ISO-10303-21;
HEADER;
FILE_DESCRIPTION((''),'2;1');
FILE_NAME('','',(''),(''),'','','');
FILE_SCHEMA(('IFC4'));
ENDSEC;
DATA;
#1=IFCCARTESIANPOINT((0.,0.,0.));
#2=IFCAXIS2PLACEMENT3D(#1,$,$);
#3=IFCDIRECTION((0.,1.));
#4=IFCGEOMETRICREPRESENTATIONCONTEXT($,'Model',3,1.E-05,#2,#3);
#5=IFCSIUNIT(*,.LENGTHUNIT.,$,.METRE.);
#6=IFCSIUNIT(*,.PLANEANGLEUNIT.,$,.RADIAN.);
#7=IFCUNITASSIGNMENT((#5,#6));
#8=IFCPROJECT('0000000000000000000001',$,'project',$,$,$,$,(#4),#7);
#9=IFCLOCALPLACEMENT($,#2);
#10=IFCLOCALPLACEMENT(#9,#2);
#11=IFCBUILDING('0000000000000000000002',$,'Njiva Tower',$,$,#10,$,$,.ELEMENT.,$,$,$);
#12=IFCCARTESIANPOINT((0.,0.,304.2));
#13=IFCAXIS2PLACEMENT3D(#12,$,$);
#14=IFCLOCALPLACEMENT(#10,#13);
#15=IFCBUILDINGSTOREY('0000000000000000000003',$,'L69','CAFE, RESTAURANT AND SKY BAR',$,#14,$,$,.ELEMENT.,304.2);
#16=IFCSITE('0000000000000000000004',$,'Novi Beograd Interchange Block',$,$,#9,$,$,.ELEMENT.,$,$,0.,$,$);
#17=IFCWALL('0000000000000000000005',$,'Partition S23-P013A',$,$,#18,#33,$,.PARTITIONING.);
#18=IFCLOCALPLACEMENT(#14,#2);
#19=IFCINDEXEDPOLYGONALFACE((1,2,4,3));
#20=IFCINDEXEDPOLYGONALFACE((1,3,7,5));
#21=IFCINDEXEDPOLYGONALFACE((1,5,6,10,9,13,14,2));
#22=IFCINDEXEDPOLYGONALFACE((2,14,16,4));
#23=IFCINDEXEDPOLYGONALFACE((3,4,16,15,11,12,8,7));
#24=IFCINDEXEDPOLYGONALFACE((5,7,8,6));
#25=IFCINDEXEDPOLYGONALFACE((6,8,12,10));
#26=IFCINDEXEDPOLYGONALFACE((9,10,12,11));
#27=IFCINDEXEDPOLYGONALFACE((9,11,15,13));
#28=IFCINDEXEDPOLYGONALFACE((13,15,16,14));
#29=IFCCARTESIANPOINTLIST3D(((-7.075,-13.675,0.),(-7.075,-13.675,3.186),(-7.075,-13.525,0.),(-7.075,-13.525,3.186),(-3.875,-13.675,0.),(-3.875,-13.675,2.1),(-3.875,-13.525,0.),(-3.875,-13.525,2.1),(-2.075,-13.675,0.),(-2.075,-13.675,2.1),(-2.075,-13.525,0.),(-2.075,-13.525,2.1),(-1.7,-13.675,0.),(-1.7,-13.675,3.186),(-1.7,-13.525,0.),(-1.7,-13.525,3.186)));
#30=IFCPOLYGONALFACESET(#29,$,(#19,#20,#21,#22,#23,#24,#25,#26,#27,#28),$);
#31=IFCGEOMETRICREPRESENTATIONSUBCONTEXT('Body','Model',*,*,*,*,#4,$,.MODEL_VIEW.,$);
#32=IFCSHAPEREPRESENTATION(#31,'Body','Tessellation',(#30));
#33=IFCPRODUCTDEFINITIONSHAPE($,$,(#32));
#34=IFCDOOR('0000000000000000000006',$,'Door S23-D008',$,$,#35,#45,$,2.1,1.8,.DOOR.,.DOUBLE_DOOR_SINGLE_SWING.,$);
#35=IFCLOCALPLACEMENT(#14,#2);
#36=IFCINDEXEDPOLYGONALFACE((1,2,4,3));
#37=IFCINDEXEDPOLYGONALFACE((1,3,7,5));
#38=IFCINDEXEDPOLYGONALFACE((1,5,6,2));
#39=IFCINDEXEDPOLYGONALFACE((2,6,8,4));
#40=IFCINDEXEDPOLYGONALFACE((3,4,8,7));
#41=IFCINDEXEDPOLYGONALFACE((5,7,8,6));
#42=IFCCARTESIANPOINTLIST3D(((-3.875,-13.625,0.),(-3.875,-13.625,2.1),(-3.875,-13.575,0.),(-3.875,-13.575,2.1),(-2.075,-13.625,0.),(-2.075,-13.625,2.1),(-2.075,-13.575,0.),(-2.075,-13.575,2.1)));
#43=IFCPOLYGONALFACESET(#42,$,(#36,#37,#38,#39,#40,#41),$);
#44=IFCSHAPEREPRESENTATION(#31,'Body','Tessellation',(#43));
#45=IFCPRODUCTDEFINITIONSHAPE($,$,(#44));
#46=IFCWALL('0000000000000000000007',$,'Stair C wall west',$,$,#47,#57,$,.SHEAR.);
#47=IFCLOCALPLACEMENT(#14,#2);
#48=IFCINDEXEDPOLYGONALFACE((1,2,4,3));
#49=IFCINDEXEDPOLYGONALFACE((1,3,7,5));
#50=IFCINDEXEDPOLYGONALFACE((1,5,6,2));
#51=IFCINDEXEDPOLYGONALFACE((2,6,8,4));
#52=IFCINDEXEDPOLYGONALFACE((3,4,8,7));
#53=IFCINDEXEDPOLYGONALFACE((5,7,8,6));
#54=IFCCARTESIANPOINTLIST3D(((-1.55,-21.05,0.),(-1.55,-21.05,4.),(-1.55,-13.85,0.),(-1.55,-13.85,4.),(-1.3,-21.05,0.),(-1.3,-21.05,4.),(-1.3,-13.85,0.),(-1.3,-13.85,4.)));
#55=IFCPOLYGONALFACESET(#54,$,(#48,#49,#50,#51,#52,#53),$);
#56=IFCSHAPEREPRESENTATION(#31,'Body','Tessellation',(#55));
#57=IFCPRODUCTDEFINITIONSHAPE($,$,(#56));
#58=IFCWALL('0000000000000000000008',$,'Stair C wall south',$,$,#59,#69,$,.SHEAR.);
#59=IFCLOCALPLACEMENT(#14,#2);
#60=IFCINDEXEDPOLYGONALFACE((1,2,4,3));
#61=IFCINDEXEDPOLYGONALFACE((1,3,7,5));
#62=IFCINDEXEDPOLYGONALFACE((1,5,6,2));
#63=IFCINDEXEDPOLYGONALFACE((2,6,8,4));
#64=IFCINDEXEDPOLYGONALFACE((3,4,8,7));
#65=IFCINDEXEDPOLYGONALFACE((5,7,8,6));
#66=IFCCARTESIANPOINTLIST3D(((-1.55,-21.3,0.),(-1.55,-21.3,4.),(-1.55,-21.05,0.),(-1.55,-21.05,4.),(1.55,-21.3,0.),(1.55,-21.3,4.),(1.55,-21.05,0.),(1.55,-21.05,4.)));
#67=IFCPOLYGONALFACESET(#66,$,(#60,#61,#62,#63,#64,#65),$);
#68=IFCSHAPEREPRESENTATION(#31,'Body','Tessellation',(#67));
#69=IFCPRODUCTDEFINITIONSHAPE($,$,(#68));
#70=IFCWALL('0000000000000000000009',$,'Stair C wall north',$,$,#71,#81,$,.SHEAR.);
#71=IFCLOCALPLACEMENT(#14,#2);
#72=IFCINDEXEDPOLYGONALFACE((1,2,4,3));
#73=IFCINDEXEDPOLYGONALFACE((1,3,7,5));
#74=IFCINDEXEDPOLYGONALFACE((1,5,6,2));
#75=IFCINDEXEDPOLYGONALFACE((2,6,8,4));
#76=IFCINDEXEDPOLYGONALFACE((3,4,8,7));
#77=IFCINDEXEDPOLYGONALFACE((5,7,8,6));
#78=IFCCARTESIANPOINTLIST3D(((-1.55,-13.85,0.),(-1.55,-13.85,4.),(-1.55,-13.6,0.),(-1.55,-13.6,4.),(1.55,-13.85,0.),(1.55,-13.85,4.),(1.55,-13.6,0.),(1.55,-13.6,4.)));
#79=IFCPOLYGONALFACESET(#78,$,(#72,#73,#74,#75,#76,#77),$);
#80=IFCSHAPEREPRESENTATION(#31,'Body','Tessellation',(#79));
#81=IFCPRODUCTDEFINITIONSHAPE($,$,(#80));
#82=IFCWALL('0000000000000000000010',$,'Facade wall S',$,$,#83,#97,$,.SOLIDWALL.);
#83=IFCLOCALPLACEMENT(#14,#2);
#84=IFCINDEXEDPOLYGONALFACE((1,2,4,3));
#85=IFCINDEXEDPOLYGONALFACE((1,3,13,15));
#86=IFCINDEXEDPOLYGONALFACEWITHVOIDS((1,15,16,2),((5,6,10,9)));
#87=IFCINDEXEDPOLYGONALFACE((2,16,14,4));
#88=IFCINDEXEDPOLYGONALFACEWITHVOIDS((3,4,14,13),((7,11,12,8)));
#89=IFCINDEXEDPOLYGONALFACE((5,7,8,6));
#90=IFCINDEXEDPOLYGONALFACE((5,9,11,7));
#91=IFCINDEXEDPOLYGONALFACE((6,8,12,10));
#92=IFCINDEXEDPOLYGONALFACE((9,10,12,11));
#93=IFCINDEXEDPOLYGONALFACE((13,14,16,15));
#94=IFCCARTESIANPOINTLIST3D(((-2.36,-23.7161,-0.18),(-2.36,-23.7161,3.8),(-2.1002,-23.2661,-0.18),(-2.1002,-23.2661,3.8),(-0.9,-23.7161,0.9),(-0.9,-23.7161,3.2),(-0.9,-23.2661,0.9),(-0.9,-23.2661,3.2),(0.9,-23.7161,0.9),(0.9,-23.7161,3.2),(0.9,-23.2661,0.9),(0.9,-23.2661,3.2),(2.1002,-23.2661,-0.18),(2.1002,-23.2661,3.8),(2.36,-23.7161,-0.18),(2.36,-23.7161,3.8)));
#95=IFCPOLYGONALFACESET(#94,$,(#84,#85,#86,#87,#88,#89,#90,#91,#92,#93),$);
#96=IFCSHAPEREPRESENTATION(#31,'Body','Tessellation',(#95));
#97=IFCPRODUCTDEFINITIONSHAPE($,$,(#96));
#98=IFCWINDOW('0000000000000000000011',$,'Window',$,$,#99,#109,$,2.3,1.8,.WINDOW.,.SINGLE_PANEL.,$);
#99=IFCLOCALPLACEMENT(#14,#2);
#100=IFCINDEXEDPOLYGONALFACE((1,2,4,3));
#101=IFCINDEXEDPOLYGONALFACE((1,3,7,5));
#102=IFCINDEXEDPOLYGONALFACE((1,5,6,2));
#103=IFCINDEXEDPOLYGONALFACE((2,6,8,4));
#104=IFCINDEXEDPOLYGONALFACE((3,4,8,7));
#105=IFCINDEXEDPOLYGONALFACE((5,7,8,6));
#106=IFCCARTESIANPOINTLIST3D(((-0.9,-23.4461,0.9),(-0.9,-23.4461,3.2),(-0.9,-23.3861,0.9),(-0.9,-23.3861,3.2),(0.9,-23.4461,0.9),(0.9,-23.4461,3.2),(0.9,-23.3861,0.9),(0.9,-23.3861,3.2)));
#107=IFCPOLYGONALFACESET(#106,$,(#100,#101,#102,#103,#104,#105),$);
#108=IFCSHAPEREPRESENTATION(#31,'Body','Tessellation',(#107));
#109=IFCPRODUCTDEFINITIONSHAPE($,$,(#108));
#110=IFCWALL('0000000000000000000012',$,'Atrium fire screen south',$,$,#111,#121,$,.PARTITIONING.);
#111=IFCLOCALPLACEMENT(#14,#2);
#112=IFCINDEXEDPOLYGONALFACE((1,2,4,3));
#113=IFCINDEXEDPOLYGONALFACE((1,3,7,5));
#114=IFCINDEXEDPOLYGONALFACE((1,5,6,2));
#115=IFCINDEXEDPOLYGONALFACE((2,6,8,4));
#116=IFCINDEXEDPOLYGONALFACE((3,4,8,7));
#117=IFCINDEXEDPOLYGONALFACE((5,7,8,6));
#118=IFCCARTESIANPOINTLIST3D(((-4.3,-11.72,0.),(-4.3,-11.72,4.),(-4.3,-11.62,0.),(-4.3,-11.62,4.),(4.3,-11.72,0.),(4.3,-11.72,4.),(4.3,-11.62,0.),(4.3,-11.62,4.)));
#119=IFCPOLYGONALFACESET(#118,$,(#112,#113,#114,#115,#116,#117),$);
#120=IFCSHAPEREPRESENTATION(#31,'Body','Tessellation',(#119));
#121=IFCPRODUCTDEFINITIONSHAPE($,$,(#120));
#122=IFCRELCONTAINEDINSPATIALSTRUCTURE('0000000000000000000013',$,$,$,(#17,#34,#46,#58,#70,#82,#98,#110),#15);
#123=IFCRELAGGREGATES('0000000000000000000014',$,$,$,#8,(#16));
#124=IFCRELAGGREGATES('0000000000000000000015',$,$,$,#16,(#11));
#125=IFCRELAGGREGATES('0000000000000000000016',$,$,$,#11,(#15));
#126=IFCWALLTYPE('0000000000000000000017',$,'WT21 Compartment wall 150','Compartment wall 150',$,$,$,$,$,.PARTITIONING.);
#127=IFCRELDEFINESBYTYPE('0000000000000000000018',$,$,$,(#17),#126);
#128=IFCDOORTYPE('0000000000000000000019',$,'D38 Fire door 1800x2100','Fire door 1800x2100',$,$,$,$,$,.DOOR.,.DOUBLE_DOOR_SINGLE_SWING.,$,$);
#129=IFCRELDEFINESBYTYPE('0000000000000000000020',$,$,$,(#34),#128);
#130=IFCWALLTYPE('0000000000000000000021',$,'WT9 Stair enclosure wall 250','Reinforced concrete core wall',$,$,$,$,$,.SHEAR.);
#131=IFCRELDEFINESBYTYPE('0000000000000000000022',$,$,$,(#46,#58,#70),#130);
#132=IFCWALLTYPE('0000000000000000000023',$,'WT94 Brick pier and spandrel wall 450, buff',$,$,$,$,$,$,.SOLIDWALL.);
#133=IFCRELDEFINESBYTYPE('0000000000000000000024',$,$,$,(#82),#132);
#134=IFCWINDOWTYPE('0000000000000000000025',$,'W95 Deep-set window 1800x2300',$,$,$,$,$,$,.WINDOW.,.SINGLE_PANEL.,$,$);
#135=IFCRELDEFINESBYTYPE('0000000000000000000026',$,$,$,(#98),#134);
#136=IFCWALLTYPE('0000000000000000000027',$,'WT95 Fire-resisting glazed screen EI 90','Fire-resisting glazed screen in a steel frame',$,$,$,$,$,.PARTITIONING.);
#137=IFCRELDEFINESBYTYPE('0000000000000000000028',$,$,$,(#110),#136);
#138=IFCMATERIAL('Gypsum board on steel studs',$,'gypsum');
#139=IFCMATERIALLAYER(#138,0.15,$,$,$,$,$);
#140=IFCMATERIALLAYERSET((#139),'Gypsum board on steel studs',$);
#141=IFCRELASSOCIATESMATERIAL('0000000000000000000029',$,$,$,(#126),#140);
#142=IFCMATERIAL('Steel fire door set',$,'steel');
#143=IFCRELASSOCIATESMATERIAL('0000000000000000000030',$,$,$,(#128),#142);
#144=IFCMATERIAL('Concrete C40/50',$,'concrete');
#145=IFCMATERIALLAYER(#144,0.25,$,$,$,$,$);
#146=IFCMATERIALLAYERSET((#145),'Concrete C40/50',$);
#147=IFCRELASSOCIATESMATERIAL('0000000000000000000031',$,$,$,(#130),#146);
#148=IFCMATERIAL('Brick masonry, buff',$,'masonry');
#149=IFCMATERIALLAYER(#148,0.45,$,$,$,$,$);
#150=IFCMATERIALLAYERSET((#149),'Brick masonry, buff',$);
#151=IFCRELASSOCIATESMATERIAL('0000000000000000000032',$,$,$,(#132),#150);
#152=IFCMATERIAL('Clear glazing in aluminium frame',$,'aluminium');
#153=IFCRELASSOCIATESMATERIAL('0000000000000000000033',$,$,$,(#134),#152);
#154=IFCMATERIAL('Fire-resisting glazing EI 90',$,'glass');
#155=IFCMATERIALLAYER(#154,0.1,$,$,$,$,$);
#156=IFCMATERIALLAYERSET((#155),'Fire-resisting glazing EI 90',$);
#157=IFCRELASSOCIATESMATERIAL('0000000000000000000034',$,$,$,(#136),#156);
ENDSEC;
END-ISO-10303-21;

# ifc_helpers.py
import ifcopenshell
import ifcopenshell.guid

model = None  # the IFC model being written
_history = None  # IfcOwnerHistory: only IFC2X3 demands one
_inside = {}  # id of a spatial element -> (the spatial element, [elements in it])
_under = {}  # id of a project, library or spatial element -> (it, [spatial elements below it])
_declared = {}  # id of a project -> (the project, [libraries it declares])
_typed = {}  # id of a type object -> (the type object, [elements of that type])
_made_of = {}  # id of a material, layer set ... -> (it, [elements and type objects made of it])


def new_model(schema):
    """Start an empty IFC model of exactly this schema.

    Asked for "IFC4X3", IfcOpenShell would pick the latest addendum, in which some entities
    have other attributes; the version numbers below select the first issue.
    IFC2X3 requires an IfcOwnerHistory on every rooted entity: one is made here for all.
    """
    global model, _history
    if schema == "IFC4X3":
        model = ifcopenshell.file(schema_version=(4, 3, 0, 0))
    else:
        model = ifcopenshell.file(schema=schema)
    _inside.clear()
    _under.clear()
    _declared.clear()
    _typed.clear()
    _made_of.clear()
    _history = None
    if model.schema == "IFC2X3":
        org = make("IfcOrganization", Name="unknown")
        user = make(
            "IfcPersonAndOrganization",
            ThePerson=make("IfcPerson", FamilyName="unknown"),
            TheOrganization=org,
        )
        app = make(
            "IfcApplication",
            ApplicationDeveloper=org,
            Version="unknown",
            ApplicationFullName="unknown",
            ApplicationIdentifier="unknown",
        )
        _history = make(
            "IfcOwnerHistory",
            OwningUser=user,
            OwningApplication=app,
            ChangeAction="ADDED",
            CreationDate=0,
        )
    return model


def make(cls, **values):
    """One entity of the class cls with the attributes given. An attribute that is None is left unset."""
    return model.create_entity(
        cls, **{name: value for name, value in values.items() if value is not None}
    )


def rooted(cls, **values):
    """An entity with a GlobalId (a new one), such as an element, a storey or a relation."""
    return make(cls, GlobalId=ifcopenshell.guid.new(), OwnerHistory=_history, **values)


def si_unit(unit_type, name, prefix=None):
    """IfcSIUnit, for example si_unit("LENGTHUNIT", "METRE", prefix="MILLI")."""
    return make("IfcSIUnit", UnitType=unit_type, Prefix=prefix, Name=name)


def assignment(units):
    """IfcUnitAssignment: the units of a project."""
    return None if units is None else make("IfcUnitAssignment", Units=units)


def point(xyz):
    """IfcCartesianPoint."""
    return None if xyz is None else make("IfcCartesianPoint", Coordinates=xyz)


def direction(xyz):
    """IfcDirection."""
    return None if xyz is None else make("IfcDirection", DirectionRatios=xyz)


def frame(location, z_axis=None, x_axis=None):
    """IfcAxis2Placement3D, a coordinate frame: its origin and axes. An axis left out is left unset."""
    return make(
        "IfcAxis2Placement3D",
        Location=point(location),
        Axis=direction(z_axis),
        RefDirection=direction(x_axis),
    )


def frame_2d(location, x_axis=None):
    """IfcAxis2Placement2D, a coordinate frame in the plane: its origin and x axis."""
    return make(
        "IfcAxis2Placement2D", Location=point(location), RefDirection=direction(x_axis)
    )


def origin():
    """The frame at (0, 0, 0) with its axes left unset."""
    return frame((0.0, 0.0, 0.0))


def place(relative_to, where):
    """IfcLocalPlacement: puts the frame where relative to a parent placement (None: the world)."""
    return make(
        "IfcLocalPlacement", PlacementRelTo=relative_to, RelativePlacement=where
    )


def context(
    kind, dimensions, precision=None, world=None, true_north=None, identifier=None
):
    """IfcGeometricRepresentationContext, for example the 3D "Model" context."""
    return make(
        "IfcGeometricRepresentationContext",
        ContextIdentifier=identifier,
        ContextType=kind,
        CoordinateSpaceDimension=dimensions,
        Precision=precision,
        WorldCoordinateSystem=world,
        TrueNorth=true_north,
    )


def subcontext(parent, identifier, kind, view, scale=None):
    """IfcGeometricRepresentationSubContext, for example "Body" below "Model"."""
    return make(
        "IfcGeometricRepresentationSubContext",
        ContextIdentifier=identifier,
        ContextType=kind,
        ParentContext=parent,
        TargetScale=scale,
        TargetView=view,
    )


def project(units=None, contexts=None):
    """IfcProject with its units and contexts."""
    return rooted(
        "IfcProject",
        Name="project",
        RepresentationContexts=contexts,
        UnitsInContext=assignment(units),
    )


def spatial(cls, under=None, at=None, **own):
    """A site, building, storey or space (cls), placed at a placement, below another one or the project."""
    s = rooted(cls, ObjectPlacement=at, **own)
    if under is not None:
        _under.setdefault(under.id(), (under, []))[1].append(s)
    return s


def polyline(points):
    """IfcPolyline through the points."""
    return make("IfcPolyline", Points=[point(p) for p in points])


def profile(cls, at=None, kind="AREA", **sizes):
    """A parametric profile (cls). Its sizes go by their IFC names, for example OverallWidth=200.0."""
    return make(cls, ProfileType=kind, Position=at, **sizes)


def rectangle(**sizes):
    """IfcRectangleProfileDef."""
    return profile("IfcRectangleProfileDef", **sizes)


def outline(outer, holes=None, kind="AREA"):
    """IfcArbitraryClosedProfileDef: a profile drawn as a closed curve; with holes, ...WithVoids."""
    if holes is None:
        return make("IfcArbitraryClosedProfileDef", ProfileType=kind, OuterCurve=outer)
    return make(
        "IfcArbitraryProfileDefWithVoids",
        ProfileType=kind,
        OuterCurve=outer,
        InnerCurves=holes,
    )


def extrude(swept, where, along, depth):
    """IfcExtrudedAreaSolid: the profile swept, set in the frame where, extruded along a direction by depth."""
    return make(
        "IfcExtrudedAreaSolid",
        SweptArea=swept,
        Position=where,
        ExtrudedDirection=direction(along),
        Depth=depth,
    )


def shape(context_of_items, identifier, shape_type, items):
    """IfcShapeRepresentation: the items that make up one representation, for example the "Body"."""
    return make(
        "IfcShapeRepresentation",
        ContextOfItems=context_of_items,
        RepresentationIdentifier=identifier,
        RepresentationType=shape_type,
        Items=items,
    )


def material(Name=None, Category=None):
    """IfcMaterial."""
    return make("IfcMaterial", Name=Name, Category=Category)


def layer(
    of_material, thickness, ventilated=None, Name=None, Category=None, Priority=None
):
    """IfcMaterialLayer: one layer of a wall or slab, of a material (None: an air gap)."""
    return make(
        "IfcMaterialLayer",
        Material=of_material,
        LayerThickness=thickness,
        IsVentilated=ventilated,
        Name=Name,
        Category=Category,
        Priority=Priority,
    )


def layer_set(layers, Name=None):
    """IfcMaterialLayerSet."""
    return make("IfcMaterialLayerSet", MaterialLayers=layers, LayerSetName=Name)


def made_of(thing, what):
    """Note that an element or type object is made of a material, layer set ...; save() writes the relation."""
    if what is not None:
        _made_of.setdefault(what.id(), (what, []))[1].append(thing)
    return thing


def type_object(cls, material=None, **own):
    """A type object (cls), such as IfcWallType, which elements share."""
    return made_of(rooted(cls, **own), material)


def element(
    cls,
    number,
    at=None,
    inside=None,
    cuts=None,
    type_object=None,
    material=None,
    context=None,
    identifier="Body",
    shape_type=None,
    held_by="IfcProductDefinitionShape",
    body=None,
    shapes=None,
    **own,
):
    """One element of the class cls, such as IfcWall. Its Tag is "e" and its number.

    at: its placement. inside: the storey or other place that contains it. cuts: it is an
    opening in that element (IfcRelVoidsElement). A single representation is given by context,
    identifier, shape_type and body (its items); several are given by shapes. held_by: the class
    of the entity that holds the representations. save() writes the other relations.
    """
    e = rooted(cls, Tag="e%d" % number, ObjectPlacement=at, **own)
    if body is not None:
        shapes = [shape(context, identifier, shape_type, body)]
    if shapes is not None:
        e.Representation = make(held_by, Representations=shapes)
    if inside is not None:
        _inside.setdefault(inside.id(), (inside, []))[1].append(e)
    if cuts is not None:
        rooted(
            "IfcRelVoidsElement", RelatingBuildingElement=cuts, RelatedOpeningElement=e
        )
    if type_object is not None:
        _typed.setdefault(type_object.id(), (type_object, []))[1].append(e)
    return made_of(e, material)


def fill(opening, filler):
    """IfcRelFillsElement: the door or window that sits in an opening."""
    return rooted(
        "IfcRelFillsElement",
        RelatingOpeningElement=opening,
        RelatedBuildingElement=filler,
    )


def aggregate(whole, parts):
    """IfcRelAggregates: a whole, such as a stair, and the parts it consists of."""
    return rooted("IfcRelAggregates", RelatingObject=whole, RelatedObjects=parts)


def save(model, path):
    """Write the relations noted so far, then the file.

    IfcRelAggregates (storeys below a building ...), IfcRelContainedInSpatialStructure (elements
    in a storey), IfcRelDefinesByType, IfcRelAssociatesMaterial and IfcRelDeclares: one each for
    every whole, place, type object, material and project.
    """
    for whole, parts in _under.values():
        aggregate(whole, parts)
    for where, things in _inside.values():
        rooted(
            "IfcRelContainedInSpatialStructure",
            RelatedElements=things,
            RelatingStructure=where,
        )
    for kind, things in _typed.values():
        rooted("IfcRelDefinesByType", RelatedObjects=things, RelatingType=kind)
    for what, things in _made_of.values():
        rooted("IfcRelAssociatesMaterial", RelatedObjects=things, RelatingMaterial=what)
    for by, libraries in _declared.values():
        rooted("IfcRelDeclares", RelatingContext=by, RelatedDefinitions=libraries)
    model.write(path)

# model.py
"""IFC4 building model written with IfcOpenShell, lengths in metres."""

from ifc_helpers import new_model, si_unit, direction, frame, frame_2d, origin, place, context, subcontext, project, spatial, polyline, rectangle, outline, extrude, material, layer, layer_set, type_object, element, fill, save


model = new_model("IFC4")

# Units and contexts
model_context = context("Model", 3, precision=1e-05, world=origin(), true_north=direction((0.0, 1.0)))
body_context = subcontext(model_context, "Body", "Model", "MODEL_VIEW")
ifc_project = project(units=[si_unit("LENGTHUNIT", "METRE"), si_unit("PLANEANGLEUNIT", "RADIAN")], contexts=[model_context])

# Site, building, storey
site_placement = place(None, origin())
site = spatial("IfcSite", under=ifc_project, at=site_placement, Name="Novi Beograd Interchange Block", CompositionType="ELEMENT", RefElevation=0.0)
building_placement = place(site_placement, origin())
building = spatial("IfcBuilding", under=site, at=building_placement, Name="Njiva Tower", CompositionType="ELEMENT")
storey_placement = place(building_placement, frame((0.0, 0.0, 304.2)))
storey = spatial("IfcBuildingStorey", under=building, at=storey_placement, Name="L69", Description="CAFE, RESTAURANT AND SKY BAR", CompositionType="ELEMENT", Elevation=304.2)

# Shared definitions
ifc_material_1 = material(Name="Gypsum board on steel studs", Category="gypsum")
ifc_layer_1 = layer(ifc_material_1, 0.15)
ifc_layer_set_1 = layer_set([ifc_layer_1], Name="Gypsum board on steel studs")
wall_type_1 = type_object("IfcWallType", Name="WT21 Compartment wall 150", Description="Compartment wall 150", PredefinedType="PARTITIONING", material=ifc_layer_set_1)
ifc_material_2 = material(Name="Steel fire door set", Category="steel")

# Wall, opening, door
wall_1_placement = place(storey_placement, frame((-7.075, -13.6, 0.0), z_axis=(0.0, 0.0, 1.0), x_axis=(1.0, 0.0, 0.0)))
wall_1 = element("IfcWall", 1, at=wall_1_placement, inside=storey, type_object=wall_type_1, Name="Partition S23-P013A", PredefinedType="PARTITIONING", context=body_context, shape_type="SweptSolid", body=[
    extrude(rectangle(XDim=5.375, YDim=0.15, at=frame_2d((2.6875, 0.0))), origin(), (0.0, 0.0, 1.0), 3.186),
])
opening_1_placement = place(wall_1_placement, frame((3.2, 0.0, 0.0)))
opening_1 = element("IfcOpeningElement", 2, at=opening_1_placement, cuts=wall_1, PredefinedType="OPENING", context=body_context, shape_type="SweptSolid", body=[
    extrude(rectangle(XDim=1.8, YDim=2.1, at=frame_2d((0.9, 1.05))), frame((0.0, 0.085, 0.0), z_axis=(0.0, -1.0, 0.0), x_axis=(1.0, 0.0, 0.0)), (0.0, 0.0, 1.0), 0.17),
])
door_type_1 = type_object("IfcDoorType", Name="D38 Fire door 1800x2100", Description="Fire door 1800x2100", OperationType="DOUBLE_DOOR_SINGLE_SWING", PredefinedType="DOOR", material=ifc_material_2)
door_1_placement = place(opening_1_placement, origin())
door_1 = element("IfcDoor", 3, at=door_1_placement, inside=storey, type_object=door_type_1, Name="Door S23-D008", OperationType="DOUBLE_DOOR_SINGLE_SWING", OverallHeight=2.1, OverallWidth=1.8, PredefinedType="DOOR", context=body_context, shape_type="SweptSolid", body=[
    extrude(rectangle(XDim=1.8, YDim=2.1, at=frame_2d((0.9, 1.05))), frame((0.0, 0.025, 0.0), z_axis=(0.0, -1.0, 0.0), x_axis=(1.0, 0.0, 0.0)), (0.0, 0.0, 1.0), 0.05),
])
fill(opening_1, door_1)

# Walls
ifc_material_3 = material(Name="Concrete C40/50", Category="concrete")
ifc_layer_2 = layer(ifc_material_3, 0.25)
ifc_layer_set_2 = layer_set([ifc_layer_2], Name="Concrete C40/50")
wall_type_2 = type_object("IfcWallType", Name="WT9 Stair enclosure wall 250", Description="Reinforced concrete core wall", PredefinedType="SHEAR", material=ifc_layer_set_2)
wall_2_placement = place(storey_placement, frame((-1.425, -21.05, 0.0), z_axis=(0.0, 0.0, 1.0), x_axis=(0.0, 1.0, 0.0)))
element("IfcWall", 4, at=wall_2_placement, inside=storey, type_object=wall_type_2, Name="Stair C wall west", PredefinedType="SHEAR", context=body_context, shape_type="SweptSolid", body=[
    extrude(rectangle(XDim=7.2, YDim=0.25, at=frame_2d((3.6, 0.0))), origin(), (0.0, 0.0, 1.0), 4.0),
])
for number, where, z_axis, x_axis, name in (
    (5, (-1.55, -21.175, 0.0), (0.0, 0.0, 1.0), (1.0, 0.0, 0.0), "Stair C wall south"),
    (6, (-1.55, -13.725, 0.0), (0.0, 0.0, 1.0), (1.0, 0.0, 0.0), "Stair C wall north"),
):
    element("IfcWall", number, at=place(storey_placement, frame(where, z_axis=z_axis, x_axis=x_axis)), inside=storey, type_object=wall_type_2, Name=name, PredefinedType="SHEAR", context=body_context, shape_type="SweptSolid", body=[
        extrude(rectangle(XDim=3.1, YDim=0.25, at=frame_2d((1.55, 0.0))), origin(), (0.0, 0.0, 1.0), 4.0),
    ])

# Wall, opening, window
ifc_material_4 = material(Name="Brick masonry, buff", Category="masonry")
ifc_layer_3 = layer(ifc_material_4, 0.45)
ifc_layer_set_3 = layer_set([ifc_layer_3], Name="Brick masonry, buff")
wall_type_3 = type_object("IfcWallType", Name="WT94 Brick pier and spandrel wall 450, buff", PredefinedType="SOLIDWALL", material=ifc_layer_set_3)
wall_3_placement = place(storey_placement, frame((-2.2301, -23.4911, -0.18), z_axis=(0.0, 0.0, 1.0), x_axis=(1.0, 0.0, 0.0)))
wall_3 = element("IfcWall", 7, at=wall_3_placement, inside=storey, type_object=wall_type_3, Name="Facade wall S", PredefinedType="SOLIDWALL", context=body_context, shape_type="SweptSolid", body=[
    extrude(outline(polyline([(-0.1299, -0.225), (4.5901, -0.225), (4.3303, 0.225), (0.1299, 0.225), (-0.1299, -0.225)])), origin(), (0.0, 0.0, 1.0), 3.98),
])
opening_2_placement = place(wall_3_placement, frame((1.3301, 0.0, 1.08)))
opening_2 = element("IfcOpeningElement", 8, at=opening_2_placement, cuts=wall_3, PredefinedType="OPENING", context=body_context, shape_type="SweptSolid", body=[
    extrude(rectangle(XDim=1.8, YDim=2.3, at=frame_2d((0.9, 1.15))), frame((0.0, 0.235, 0.0), z_axis=(0.0, -1.0, 0.0), x_axis=(1.0, 0.0, 0.0)), (0.0, 0.0, 1.0), 0.47),
])
ifc_material_5 = material(Name="Clear glazing in aluminium frame", Category="aluminium")
window_type = type_object("IfcWindowType", Name="W95 Deep-set window 1800x2300", PartitioningType="SINGLE_PANEL", PredefinedType="WINDOW", material=ifc_material_5)
window_placement = place(opening_2_placement, origin())
window = element("IfcWindow", 9, at=window_placement, inside=storey, type_object=window_type, Name="Window", OverallHeight=2.3, OverallWidth=1.8, PartitioningType="SINGLE_PANEL", PredefinedType="WINDOW", context=body_context, shape_type="SweptSolid", body=[
    extrude(rectangle(XDim=1.8, YDim=2.3, at=frame_2d((0.9, 1.15))), frame((0.0, 0.105, 0.0), z_axis=(0.0, -1.0, 0.0), x_axis=(1.0, 0.0, 0.0)), (0.0, 0.0, 1.0), 0.06),
])
fill(opening_2, window)

# Wall
ifc_material_6 = material(Name="Fire-resisting glazing EI 90", Category="glass")
ifc_layer_4 = layer(ifc_material_6, 0.1)
ifc_layer_set_4 = layer_set([ifc_layer_4], Name="Fire-resisting glazing EI 90")
wall_type_4 = type_object("IfcWallType", Name="WT95 Fire-resisting glazed screen EI 90", Description="Fire-resisting glazed screen in a steel frame", PredefinedType="PARTITIONING", material=ifc_layer_set_4)
wall_4_placement = place(storey_placement, frame((-4.3, -11.67, 0.0), z_axis=(0.0, 0.0, 1.0), x_axis=(1.0, 0.0, 0.0)))
element("IfcWall", 10, at=wall_4_placement, inside=storey, type_object=wall_type_4, Name="Atrium fire screen south", PredefinedType="PARTITIONING", context=body_context, shape_type="SweptSolid", body=[
    extrude(rectangle(XDim=8.6, YDim=0.1, at=frame_2d((4.3, 0.0))), origin(), (0.0, 0.0, 1.0), 4.0),
])

save(model, "model.ifc")
